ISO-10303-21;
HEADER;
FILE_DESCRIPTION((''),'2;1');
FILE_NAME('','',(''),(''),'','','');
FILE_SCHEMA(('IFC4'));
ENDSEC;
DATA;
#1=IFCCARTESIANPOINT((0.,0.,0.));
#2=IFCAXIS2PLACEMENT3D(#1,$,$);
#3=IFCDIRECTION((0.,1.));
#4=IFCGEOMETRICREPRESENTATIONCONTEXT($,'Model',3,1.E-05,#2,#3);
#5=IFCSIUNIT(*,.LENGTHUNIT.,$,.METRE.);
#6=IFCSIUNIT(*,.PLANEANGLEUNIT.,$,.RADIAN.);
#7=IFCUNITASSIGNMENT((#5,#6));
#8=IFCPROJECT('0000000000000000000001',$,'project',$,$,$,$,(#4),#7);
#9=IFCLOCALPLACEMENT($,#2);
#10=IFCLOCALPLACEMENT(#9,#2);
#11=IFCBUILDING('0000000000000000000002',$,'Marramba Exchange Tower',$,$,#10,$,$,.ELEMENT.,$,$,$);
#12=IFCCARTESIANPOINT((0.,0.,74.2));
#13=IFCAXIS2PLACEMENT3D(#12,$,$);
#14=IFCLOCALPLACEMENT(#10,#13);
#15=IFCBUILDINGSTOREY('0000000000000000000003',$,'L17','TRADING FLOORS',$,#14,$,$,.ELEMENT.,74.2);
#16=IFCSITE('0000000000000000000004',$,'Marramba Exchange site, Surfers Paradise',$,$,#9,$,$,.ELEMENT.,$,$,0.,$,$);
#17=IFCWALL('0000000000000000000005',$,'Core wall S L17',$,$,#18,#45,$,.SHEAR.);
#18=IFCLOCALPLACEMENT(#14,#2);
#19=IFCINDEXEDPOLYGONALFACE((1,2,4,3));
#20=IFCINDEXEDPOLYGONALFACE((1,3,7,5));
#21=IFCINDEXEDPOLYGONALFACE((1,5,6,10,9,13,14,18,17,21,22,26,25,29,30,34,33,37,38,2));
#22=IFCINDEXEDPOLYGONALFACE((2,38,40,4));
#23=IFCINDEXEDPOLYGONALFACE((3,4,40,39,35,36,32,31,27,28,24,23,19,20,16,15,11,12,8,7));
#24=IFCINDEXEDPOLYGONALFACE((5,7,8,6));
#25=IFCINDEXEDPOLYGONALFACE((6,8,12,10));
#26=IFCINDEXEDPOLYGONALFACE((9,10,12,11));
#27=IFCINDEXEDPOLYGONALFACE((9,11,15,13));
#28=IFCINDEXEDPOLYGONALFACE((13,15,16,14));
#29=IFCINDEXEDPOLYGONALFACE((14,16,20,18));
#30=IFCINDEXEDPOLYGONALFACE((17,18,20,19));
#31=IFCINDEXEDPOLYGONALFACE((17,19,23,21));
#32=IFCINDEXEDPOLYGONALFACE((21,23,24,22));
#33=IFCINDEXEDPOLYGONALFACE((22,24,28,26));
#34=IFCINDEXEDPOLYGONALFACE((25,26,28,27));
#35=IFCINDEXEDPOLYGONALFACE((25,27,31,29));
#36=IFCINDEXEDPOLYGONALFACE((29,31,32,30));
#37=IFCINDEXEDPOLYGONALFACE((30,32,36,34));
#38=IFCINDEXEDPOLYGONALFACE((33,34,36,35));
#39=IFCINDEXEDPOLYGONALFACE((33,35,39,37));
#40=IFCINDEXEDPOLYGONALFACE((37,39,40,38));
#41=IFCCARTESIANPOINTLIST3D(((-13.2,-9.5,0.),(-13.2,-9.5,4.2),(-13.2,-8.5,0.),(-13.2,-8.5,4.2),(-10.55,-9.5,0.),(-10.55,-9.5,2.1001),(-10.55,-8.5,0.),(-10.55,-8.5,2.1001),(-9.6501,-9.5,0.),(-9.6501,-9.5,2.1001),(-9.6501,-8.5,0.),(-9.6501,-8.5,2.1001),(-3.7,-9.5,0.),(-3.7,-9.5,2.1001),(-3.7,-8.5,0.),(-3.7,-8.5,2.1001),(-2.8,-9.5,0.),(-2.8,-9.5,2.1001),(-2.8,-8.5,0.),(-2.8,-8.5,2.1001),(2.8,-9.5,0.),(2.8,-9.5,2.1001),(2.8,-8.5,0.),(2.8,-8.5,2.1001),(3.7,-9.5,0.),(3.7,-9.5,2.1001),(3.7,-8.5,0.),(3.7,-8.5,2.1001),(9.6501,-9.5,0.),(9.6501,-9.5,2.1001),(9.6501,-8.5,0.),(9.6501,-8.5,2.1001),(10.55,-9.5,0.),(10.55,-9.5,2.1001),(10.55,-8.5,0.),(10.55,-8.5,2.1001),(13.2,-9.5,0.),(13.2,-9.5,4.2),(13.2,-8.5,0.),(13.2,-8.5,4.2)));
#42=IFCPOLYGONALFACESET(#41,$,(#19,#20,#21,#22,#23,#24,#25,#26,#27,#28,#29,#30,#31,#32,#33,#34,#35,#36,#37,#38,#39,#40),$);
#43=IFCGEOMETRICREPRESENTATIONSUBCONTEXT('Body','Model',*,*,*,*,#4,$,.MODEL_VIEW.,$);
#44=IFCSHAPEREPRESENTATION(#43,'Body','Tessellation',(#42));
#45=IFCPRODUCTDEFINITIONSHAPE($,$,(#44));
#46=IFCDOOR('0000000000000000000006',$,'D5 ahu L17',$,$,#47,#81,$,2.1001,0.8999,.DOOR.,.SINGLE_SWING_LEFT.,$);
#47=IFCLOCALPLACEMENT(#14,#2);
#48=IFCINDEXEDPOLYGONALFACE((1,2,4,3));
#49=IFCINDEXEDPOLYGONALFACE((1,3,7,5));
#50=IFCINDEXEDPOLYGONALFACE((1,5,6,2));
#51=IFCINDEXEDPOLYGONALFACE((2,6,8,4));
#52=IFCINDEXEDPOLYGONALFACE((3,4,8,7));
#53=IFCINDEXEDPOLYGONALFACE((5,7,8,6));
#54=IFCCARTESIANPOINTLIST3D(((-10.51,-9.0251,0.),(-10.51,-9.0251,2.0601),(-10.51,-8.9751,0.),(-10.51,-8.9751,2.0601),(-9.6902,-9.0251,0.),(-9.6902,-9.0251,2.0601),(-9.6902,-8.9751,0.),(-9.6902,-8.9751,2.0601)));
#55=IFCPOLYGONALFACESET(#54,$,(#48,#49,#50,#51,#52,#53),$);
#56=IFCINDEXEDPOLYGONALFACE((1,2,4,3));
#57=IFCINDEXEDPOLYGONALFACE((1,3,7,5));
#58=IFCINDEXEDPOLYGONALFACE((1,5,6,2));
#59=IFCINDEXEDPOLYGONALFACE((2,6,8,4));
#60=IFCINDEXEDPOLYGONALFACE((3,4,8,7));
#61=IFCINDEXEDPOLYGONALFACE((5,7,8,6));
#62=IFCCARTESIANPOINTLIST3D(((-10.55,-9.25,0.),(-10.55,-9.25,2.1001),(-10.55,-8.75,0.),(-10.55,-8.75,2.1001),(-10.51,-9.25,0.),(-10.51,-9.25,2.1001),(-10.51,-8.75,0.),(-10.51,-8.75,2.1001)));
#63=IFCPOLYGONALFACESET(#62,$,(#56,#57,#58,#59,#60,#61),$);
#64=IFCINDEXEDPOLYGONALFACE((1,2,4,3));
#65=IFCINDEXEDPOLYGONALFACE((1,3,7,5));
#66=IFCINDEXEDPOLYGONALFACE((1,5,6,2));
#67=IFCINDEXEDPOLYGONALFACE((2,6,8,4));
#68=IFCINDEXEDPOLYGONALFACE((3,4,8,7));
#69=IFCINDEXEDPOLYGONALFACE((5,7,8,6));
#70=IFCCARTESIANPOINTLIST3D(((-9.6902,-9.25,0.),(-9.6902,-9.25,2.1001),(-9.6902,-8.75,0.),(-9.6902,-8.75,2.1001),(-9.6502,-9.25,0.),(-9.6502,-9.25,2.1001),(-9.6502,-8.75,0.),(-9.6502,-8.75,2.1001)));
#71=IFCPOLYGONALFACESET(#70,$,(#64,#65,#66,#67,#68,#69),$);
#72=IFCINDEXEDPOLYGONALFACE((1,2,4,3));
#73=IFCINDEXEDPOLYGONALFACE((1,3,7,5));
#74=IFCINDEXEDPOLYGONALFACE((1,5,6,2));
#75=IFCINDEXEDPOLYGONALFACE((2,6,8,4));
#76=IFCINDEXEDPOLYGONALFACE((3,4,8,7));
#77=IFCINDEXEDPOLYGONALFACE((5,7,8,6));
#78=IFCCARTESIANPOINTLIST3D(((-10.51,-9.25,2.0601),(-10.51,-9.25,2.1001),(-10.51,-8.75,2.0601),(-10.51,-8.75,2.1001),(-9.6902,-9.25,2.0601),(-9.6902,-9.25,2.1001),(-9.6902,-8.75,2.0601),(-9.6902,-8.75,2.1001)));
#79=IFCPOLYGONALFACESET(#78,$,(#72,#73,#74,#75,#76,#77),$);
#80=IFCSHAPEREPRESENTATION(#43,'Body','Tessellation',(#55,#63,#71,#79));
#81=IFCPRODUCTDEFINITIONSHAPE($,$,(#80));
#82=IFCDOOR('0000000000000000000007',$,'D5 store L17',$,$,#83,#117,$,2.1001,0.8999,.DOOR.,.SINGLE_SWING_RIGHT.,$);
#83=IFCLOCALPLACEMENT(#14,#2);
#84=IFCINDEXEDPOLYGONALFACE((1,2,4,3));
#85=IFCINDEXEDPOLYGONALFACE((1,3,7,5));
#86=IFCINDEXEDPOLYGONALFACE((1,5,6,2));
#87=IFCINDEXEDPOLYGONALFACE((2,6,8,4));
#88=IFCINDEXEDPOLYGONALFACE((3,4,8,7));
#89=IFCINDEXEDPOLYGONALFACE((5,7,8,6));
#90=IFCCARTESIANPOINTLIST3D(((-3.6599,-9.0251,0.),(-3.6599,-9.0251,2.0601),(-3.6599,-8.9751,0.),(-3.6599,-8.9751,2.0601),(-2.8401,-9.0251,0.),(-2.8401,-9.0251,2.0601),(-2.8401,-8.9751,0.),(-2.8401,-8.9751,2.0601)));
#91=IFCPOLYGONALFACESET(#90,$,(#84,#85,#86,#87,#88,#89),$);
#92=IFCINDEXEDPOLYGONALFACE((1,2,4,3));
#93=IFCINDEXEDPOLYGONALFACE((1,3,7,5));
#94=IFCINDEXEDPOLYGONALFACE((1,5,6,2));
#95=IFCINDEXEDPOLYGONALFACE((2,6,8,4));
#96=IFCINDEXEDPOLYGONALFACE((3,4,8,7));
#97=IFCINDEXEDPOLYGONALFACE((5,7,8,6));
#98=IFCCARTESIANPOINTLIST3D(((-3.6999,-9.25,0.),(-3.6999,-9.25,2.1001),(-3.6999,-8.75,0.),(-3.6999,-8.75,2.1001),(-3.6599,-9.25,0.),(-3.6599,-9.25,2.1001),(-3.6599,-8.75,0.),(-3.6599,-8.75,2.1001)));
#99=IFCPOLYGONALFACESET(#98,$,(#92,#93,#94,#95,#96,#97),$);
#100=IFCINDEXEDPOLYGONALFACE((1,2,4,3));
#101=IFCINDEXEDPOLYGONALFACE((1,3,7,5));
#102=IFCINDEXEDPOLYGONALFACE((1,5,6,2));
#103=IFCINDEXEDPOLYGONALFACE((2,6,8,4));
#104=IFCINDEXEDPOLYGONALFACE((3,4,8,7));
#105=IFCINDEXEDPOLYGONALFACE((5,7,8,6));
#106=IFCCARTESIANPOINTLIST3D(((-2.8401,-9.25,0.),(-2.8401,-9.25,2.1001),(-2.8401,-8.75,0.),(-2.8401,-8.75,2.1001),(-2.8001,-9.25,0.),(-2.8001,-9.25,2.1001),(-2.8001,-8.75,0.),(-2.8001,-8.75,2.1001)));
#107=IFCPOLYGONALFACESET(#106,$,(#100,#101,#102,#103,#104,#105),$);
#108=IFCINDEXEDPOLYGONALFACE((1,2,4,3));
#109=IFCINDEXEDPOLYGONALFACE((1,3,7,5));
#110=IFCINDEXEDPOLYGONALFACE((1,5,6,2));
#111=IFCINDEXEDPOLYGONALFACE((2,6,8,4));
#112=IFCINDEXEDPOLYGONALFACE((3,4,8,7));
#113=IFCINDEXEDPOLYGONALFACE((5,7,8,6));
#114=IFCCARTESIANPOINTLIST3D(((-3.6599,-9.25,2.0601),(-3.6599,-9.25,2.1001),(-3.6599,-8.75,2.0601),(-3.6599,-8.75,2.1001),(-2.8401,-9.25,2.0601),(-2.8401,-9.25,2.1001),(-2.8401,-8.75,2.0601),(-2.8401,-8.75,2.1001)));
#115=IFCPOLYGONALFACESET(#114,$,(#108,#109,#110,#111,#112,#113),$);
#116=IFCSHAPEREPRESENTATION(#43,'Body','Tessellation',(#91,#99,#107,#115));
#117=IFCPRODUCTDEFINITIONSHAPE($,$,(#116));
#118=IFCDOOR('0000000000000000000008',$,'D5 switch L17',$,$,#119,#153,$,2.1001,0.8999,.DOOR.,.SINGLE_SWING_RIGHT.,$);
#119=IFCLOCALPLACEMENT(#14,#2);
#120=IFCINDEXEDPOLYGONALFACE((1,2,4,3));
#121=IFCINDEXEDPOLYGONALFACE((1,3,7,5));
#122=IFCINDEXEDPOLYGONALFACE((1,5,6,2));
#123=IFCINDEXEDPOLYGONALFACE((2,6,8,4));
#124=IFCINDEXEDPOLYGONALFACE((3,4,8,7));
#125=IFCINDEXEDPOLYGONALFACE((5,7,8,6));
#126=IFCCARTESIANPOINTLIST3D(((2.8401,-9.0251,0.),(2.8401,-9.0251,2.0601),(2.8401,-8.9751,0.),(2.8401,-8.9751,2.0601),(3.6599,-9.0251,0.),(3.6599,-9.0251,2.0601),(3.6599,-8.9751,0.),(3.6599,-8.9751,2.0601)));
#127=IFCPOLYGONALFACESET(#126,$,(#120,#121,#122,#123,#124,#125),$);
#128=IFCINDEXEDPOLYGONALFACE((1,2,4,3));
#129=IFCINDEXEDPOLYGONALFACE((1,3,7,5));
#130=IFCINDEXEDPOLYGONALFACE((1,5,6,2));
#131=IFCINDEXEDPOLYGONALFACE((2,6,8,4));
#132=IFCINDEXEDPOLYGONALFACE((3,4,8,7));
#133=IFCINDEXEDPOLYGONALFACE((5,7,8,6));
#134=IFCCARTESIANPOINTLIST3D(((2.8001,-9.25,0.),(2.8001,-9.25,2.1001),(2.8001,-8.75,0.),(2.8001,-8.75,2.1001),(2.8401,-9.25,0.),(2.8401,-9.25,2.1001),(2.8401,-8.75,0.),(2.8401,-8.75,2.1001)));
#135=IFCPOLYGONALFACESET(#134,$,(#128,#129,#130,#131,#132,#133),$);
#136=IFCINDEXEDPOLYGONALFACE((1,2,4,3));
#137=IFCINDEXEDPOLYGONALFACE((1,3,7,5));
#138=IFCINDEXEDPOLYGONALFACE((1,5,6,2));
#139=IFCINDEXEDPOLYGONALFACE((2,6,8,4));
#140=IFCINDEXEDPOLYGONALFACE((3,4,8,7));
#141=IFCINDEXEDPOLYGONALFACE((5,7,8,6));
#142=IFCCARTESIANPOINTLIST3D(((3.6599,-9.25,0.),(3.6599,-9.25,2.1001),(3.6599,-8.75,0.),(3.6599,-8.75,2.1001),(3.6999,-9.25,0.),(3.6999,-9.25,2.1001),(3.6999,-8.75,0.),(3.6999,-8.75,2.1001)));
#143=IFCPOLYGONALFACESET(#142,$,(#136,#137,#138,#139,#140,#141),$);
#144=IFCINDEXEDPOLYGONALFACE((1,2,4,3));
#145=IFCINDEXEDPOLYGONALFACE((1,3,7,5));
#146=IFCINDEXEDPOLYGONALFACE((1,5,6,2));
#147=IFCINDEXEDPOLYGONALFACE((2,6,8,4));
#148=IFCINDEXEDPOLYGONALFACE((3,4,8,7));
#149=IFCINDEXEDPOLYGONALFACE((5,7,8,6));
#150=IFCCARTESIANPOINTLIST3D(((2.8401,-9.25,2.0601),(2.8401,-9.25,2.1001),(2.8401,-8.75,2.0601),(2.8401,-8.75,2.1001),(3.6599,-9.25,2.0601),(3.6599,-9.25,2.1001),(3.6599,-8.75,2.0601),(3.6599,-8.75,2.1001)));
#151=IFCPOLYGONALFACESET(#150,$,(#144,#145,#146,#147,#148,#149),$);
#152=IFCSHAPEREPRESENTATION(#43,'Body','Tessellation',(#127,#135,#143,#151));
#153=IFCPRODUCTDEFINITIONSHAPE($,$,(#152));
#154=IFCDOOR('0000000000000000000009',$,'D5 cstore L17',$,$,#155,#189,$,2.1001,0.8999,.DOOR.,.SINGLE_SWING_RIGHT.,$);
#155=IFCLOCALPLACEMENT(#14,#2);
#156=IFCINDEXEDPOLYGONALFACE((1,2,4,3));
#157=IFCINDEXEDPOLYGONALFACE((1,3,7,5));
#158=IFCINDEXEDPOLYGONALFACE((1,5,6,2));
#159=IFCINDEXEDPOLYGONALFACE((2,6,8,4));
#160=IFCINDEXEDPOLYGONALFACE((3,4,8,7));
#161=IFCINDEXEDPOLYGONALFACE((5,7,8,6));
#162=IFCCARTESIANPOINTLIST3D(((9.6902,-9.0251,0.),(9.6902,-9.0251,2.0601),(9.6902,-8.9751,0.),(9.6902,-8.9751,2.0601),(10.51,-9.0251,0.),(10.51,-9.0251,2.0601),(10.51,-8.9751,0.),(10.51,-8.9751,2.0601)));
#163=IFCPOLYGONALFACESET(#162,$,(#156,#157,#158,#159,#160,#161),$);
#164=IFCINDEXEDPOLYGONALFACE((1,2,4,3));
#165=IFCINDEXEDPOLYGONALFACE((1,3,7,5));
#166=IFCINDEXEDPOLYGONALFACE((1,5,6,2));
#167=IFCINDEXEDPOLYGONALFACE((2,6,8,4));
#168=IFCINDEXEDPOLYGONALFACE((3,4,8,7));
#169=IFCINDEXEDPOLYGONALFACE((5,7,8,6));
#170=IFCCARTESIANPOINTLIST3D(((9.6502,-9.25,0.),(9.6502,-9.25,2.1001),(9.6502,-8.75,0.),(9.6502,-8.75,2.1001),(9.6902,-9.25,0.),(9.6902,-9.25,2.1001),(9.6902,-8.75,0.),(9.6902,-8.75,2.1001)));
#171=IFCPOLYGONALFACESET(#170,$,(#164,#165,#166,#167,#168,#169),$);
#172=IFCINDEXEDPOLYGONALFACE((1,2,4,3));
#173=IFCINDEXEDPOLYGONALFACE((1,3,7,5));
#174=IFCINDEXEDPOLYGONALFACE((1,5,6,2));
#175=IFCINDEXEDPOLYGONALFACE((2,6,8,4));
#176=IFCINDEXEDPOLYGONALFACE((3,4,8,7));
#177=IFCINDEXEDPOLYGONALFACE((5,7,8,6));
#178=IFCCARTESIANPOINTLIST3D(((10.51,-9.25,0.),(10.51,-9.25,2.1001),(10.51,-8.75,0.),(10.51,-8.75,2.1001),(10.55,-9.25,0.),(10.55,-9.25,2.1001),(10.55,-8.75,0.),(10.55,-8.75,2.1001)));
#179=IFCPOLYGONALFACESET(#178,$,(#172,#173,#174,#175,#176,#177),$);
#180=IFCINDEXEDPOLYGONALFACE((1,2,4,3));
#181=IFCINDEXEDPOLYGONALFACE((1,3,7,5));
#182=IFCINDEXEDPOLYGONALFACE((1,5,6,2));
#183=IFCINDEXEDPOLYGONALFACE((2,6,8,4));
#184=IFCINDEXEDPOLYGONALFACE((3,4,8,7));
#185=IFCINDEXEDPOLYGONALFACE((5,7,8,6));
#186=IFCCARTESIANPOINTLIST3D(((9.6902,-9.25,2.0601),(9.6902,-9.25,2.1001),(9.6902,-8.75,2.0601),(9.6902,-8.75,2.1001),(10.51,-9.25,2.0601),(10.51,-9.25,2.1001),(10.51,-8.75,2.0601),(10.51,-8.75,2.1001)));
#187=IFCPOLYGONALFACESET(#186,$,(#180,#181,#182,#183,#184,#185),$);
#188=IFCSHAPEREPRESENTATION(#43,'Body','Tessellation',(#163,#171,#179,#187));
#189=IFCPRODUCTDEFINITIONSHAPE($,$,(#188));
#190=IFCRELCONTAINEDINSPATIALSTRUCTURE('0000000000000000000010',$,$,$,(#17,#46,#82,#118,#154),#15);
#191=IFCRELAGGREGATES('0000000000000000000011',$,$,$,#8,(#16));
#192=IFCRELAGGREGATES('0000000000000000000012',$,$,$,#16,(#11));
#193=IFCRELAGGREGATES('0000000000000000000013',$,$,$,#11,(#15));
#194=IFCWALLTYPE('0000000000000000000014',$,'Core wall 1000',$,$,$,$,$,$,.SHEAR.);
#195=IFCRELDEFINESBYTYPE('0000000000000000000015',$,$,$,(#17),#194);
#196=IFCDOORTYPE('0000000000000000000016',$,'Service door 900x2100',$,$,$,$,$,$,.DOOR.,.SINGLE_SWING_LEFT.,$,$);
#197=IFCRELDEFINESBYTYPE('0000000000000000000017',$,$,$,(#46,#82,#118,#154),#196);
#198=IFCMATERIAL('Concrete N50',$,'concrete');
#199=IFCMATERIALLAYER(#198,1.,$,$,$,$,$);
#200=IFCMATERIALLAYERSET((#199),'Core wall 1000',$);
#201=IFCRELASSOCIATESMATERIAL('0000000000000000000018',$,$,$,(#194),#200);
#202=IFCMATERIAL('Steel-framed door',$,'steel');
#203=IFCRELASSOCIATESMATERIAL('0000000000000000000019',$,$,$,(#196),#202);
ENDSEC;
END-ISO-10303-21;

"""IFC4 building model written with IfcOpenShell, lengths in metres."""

from ifc_helpers import new_model, si_unit, direction, frame, frame_2d, origin, place, context, subcontext, project, spatial, rectangle, extrude, material, layer, layer_set, type_object, element, fill, save


model = new_model("IFC4")

# Units and contexts
model_context = context("Model", 3, precision=1e-05, world=origin(), true_north=direction((0.0, 1.0)))
body_context = subcontext(model_context, "Body", "Model", "MODEL_VIEW")
ifc_project = project(units=[si_unit("LENGTHUNIT", "METRE"), si_unit("PLANEANGLEUNIT", "RADIAN")], contexts=[model_context])

# Site, building, storey
site_placement = place(None, origin())
site = spatial("IfcSite", under=ifc_project, at=site_placement, Name="Marramba Exchange site, Surfers Paradise", CompositionType="ELEMENT", RefElevation=0.0)
building_placement = place(site_placement, origin())
building = spatial("IfcBuilding", under=site, at=building_placement, Name="Marramba Exchange Tower", CompositionType="ELEMENT")
storey_placement = place(building_placement, frame((0.0, 0.0, 74.2)))
storey = spatial("IfcBuildingStorey", under=building, at=storey_placement, Name="L17", Description="TRADING FLOORS", CompositionType="ELEMENT", Elevation=74.2)

# Wall, openings, doors
ifc_material_1 = material(Name="Concrete N50", Category="concrete")
ifc_layer_1 = layer(ifc_material_1, 1.0)
ifc_layer_set_1 = layer_set([ifc_layer_1], Name="Core wall 1000")
wall_type_1 = type_object("IfcWallType", Name="Core wall 1000", PredefinedType="SHEAR", material=ifc_layer_set_1)
wall_1_placement = place(storey_placement, frame((-13.2, -9.0, 0.0), z_axis=(0.0, 0.0, 1.0), x_axis=(1.0, 0.0, 0.0)))
wall_1 = element("IfcWall", 1, at=wall_1_placement, inside=storey, type_object=wall_type_1, Name="Core wall S L17", PredefinedType="SHEAR", context=body_context, shape_type="SweptSolid", body=[
    extrude(rectangle(XDim=26.3999, YDim=1.0, at=frame_2d((13.2, 0.0))), origin(), (0.0, 0.0, 1.0), 4.2),
])
opening_1_placement = place(wall_1_placement, frame((2.6499, 0.0, 0.0)))
opening_1 = element("IfcOpeningElement", 2, at=opening_1_placement, cuts=wall_1, PredefinedType="OPENING", context=body_context, shape_type="SweptSolid", body=[
    extrude(rectangle(XDim=0.8999, YDim=2.1001, at=frame_2d((0.45, 1.05))), frame((0.0, 0.51, 0.0), z_axis=(0.0, -1.0, 0.0), x_axis=(1.0, 0.0, 0.0)), (0.0, 0.0, 1.0), 1.02),
])
opening_2_placement = place(wall_1_placement, frame((9.5, 0.0, 0.0)))
opening_2 = element("IfcOpeningElement", 3, at=opening_2_placement, cuts=wall_1, PredefinedType="OPENING", context=body_context, shape_type="SweptSolid", body=[
    extrude(rectangle(XDim=0.8999, YDim=2.1001, at=frame_2d((0.45, 1.05))), frame((0.0, 0.51, 0.0), z_axis=(0.0, -1.0, 0.0), x_axis=(1.0, 0.0, 0.0)), (0.0, 0.0, 1.0), 1.02),
])
opening_3_placement = place(wall_1_placement, frame((16.0, 0.0, 0.0)))
opening_3 = element("IfcOpeningElement", 4, at=opening_3_placement, cuts=wall_1, PredefinedType="OPENING", context=body_context, shape_type="SweptSolid", body=[
    extrude(rectangle(XDim=0.8999, YDim=2.1001, at=frame_2d((0.45, 1.05))), frame((0.0, 0.51, 0.0), z_axis=(0.0, -1.0, 0.0), x_axis=(1.0, 0.0, 0.0)), (0.0, 0.0, 1.0), 1.02),
])
opening_4_placement = place(wall_1_placement, frame((22.8501, 0.0, 0.0)))
opening_4 = element("IfcOpeningElement", 5, at=opening_4_placement, cuts=wall_1, PredefinedType="OPENING", context=body_context, shape_type="SweptSolid", body=[
    extrude(rectangle(XDim=0.8999, YDim=2.1001, at=frame_2d((0.45, 1.05))), frame((0.0, 0.51, 0.0), z_axis=(0.0, -1.0, 0.0), x_axis=(1.0, 0.0, 0.0)), (0.0, 0.0, 1.0), 1.02),
])
ifc_material_2 = material(Name="Steel-framed door", Category="steel")
door_type_1 = type_object("IfcDoorType", Name="Service door 900x2100", OperationType="SINGLE_SWING_LEFT", PredefinedType="DOOR", material=ifc_material_2)
door_1_placement = place(opening_1_placement, origin())
door_1 = element("IfcDoor", 6, at=door_1_placement, inside=storey, type_object=door_type_1, Name="D5 ahu L17", OperationType="SINGLE_SWING_LEFT", OverallHeight=2.1001, OverallWidth=0.8999, PredefinedType="DOOR", context=body_context, shape_type="SweptSolid", body=[
    extrude(rectangle(XDim=0.8198, YDim=2.0601, at=frame_2d((0.45, 1.03))), frame((0.0, 0.0249, 0.0), z_axis=(0.0, -1.0, 0.0), x_axis=(1.0, 0.0, 0.0)), (0.0, 0.0, 1.0), 0.05),
    extrude(rectangle(XDim=0.04, YDim=2.1001, at=frame_2d((0.02, 1.05))), frame((0.0, 0.25, 0.0), z_axis=(0.0, -1.0, 0.0), x_axis=(1.0, 0.0, 0.0)), (0.0, 0.0, 1.0), 0.5),
    extrude(rectangle(XDim=0.04, YDim=2.1001, at=frame_2d((0.8799, 1.05))), frame((0.0, 0.25, 0.0), z_axis=(0.0, -1.0, 0.0), x_axis=(1.0, 0.0, 0.0)), (0.0, 0.0, 1.0), 0.5),
    extrude(rectangle(XDim=0.8198, YDim=0.04, at=frame_2d((0.45, 2.0801))), frame((0.0, 0.25, 0.0), z_axis=(0.0, -1.0, 0.0), x_axis=(1.0, 0.0, 0.0)), (0.0, 0.0, 1.0), 0.5),
])
fill(opening_1, door_1)
door_2_placement = place(opening_2_placement, origin())
door_2 = element("IfcDoor", 7, at=door_2_placement, inside=storey, type_object=door_type_1, Name="D5 store L17", OperationType="SINGLE_SWING_RIGHT", OverallHeight=2.1001, OverallWidth=0.8999, PredefinedType="DOOR", context=body_context, shape_type="SweptSolid", body=[
    extrude(rectangle(XDim=0.8198, YDim=2.0601, at=frame_2d((0.45, 1.03))), frame((0.0, 0.0249, 0.0), z_axis=(0.0, -1.0, 0.0), x_axis=(1.0, 0.0, 0.0)), (0.0, 0.0, 1.0), 0.05),
    extrude(rectangle(XDim=0.04, YDim=2.1001, at=frame_2d((0.02, 1.05))), frame((0.0, 0.25, 0.0), z_axis=(0.0, -1.0, 0.0), x_axis=(1.0, 0.0, 0.0)), (0.0, 0.0, 1.0), 0.5),
    extrude(rectangle(XDim=0.04, YDim=2.1001, at=frame_2d((0.8799, 1.05))), frame((0.0, 0.25, 0.0), z_axis=(0.0, -1.0, 0.0), x_axis=(1.0, 0.0, 0.0)), (0.0, 0.0, 1.0), 0.5),
    extrude(rectangle(XDim=0.8198, YDim=0.04, at=frame_2d((0.45, 2.0801))), frame((0.0, 0.25, 0.0), z_axis=(0.0, -1.0, 0.0), x_axis=(1.0, 0.0, 0.0)), (0.0, 0.0, 1.0), 0.5),
])
fill(opening_2, door_2)
door_3_placement = place(opening_3_placement, origin())
door_3 = element("IfcDoor", 8, at=door_3_placement, inside=storey, type_object=door_type_1, Name="D5 switch L17", OperationType="SINGLE_SWING_RIGHT", OverallHeight=2.1001, OverallWidth=0.8999, PredefinedType="DOOR", context=body_context, shape_type="SweptSolid", body=[
    extrude(rectangle(XDim=0.8198, YDim=2.0601, at=frame_2d((0.45, 1.03))), frame((0.0, 0.0249, 0.0), z_axis=(0.0, -1.0, 0.0), x_axis=(1.0, 0.0, 0.0)), (0.0, 0.0, 1.0), 0.05),
    extrude(rectangle(XDim=0.04, YDim=2.1001, at=frame_2d((0.02, 1.05))), frame((0.0, 0.25, 0.0), z_axis=(0.0, -1.0, 0.0), x_axis=(1.0, 0.0, 0.0)), (0.0, 0.0, 1.0), 0.5),
    extrude(rectangle(XDim=0.04, YDim=2.1001, at=frame_2d((0.8799, 1.05))), frame((0.0, 0.25, 0.0), z_axis=(0.0, -1.0, 0.0), x_axis=(1.0, 0.0, 0.0)), (0.0, 0.0, 1.0), 0.5),
    extrude(rectangle(XDim=0.8198, YDim=0.04, at=frame_2d((0.45, 2.0801))), frame((0.0, 0.25, 0.0), z_axis=(0.0, -1.0, 0.0), x_axis=(1.0, 0.0, 0.0)), (0.0, 0.0, 1.0), 0.5),
])
fill(opening_3, door_3)
door_4_placement = place(opening_4_placement, origin())
door_4 = element("IfcDoor", 9, at=door_4_placement, inside=storey, type_object=door_type_1, Name="D5 cstore L17", OperationType="SINGLE_SWING_RIGHT", OverallHeight=2.1001, OverallWidth=0.8999, PredefinedType="DOOR", context=body_context, shape_type="SweptSolid", body=[
    extrude(rectangle(XDim=0.8198, YDim=2.0601, at=frame_2d((0.45, 1.03))), frame((0.0, 0.0249, 0.0), z_axis=(0.0, -1.0, 0.0), x_axis=(1.0, 0.0, 0.0)), (0.0, 0.0, 1.0), 0.05),
    extrude(rectangle(XDim=0.04, YDim=2.1001, at=frame_2d((0.02, 1.05))), frame((0.0, 0.25, 0.0), z_axis=(0.0, -1.0, 0.0), x_axis=(1.0, 0.0, 0.0)), (0.0, 0.0, 1.0), 0.5),
    extrude(rectangle(XDim=0.04, YDim=2.1001, at=frame_2d((0.8799, 1.05))), frame((0.0, 0.25, 0.0), z_axis=(0.0, -1.0, 0.0), x_axis=(1.0, 0.0, 0.0)), (0.0, 0.0, 1.0), 0.5),
    extrude(rectangle(XDim=0.8198, YDim=0.04, at=frame_2d((0.45, 2.0801))), frame((0.0, 0.25, 0.0), z_axis=(0.0, -1.0, 0.0), x_axis=(1.0, 0.0, 0.0)), (0.0, 0.0, 1.0), 0.5),
])
fill(opening_4, door_4)

save(model, "model.ifc")
